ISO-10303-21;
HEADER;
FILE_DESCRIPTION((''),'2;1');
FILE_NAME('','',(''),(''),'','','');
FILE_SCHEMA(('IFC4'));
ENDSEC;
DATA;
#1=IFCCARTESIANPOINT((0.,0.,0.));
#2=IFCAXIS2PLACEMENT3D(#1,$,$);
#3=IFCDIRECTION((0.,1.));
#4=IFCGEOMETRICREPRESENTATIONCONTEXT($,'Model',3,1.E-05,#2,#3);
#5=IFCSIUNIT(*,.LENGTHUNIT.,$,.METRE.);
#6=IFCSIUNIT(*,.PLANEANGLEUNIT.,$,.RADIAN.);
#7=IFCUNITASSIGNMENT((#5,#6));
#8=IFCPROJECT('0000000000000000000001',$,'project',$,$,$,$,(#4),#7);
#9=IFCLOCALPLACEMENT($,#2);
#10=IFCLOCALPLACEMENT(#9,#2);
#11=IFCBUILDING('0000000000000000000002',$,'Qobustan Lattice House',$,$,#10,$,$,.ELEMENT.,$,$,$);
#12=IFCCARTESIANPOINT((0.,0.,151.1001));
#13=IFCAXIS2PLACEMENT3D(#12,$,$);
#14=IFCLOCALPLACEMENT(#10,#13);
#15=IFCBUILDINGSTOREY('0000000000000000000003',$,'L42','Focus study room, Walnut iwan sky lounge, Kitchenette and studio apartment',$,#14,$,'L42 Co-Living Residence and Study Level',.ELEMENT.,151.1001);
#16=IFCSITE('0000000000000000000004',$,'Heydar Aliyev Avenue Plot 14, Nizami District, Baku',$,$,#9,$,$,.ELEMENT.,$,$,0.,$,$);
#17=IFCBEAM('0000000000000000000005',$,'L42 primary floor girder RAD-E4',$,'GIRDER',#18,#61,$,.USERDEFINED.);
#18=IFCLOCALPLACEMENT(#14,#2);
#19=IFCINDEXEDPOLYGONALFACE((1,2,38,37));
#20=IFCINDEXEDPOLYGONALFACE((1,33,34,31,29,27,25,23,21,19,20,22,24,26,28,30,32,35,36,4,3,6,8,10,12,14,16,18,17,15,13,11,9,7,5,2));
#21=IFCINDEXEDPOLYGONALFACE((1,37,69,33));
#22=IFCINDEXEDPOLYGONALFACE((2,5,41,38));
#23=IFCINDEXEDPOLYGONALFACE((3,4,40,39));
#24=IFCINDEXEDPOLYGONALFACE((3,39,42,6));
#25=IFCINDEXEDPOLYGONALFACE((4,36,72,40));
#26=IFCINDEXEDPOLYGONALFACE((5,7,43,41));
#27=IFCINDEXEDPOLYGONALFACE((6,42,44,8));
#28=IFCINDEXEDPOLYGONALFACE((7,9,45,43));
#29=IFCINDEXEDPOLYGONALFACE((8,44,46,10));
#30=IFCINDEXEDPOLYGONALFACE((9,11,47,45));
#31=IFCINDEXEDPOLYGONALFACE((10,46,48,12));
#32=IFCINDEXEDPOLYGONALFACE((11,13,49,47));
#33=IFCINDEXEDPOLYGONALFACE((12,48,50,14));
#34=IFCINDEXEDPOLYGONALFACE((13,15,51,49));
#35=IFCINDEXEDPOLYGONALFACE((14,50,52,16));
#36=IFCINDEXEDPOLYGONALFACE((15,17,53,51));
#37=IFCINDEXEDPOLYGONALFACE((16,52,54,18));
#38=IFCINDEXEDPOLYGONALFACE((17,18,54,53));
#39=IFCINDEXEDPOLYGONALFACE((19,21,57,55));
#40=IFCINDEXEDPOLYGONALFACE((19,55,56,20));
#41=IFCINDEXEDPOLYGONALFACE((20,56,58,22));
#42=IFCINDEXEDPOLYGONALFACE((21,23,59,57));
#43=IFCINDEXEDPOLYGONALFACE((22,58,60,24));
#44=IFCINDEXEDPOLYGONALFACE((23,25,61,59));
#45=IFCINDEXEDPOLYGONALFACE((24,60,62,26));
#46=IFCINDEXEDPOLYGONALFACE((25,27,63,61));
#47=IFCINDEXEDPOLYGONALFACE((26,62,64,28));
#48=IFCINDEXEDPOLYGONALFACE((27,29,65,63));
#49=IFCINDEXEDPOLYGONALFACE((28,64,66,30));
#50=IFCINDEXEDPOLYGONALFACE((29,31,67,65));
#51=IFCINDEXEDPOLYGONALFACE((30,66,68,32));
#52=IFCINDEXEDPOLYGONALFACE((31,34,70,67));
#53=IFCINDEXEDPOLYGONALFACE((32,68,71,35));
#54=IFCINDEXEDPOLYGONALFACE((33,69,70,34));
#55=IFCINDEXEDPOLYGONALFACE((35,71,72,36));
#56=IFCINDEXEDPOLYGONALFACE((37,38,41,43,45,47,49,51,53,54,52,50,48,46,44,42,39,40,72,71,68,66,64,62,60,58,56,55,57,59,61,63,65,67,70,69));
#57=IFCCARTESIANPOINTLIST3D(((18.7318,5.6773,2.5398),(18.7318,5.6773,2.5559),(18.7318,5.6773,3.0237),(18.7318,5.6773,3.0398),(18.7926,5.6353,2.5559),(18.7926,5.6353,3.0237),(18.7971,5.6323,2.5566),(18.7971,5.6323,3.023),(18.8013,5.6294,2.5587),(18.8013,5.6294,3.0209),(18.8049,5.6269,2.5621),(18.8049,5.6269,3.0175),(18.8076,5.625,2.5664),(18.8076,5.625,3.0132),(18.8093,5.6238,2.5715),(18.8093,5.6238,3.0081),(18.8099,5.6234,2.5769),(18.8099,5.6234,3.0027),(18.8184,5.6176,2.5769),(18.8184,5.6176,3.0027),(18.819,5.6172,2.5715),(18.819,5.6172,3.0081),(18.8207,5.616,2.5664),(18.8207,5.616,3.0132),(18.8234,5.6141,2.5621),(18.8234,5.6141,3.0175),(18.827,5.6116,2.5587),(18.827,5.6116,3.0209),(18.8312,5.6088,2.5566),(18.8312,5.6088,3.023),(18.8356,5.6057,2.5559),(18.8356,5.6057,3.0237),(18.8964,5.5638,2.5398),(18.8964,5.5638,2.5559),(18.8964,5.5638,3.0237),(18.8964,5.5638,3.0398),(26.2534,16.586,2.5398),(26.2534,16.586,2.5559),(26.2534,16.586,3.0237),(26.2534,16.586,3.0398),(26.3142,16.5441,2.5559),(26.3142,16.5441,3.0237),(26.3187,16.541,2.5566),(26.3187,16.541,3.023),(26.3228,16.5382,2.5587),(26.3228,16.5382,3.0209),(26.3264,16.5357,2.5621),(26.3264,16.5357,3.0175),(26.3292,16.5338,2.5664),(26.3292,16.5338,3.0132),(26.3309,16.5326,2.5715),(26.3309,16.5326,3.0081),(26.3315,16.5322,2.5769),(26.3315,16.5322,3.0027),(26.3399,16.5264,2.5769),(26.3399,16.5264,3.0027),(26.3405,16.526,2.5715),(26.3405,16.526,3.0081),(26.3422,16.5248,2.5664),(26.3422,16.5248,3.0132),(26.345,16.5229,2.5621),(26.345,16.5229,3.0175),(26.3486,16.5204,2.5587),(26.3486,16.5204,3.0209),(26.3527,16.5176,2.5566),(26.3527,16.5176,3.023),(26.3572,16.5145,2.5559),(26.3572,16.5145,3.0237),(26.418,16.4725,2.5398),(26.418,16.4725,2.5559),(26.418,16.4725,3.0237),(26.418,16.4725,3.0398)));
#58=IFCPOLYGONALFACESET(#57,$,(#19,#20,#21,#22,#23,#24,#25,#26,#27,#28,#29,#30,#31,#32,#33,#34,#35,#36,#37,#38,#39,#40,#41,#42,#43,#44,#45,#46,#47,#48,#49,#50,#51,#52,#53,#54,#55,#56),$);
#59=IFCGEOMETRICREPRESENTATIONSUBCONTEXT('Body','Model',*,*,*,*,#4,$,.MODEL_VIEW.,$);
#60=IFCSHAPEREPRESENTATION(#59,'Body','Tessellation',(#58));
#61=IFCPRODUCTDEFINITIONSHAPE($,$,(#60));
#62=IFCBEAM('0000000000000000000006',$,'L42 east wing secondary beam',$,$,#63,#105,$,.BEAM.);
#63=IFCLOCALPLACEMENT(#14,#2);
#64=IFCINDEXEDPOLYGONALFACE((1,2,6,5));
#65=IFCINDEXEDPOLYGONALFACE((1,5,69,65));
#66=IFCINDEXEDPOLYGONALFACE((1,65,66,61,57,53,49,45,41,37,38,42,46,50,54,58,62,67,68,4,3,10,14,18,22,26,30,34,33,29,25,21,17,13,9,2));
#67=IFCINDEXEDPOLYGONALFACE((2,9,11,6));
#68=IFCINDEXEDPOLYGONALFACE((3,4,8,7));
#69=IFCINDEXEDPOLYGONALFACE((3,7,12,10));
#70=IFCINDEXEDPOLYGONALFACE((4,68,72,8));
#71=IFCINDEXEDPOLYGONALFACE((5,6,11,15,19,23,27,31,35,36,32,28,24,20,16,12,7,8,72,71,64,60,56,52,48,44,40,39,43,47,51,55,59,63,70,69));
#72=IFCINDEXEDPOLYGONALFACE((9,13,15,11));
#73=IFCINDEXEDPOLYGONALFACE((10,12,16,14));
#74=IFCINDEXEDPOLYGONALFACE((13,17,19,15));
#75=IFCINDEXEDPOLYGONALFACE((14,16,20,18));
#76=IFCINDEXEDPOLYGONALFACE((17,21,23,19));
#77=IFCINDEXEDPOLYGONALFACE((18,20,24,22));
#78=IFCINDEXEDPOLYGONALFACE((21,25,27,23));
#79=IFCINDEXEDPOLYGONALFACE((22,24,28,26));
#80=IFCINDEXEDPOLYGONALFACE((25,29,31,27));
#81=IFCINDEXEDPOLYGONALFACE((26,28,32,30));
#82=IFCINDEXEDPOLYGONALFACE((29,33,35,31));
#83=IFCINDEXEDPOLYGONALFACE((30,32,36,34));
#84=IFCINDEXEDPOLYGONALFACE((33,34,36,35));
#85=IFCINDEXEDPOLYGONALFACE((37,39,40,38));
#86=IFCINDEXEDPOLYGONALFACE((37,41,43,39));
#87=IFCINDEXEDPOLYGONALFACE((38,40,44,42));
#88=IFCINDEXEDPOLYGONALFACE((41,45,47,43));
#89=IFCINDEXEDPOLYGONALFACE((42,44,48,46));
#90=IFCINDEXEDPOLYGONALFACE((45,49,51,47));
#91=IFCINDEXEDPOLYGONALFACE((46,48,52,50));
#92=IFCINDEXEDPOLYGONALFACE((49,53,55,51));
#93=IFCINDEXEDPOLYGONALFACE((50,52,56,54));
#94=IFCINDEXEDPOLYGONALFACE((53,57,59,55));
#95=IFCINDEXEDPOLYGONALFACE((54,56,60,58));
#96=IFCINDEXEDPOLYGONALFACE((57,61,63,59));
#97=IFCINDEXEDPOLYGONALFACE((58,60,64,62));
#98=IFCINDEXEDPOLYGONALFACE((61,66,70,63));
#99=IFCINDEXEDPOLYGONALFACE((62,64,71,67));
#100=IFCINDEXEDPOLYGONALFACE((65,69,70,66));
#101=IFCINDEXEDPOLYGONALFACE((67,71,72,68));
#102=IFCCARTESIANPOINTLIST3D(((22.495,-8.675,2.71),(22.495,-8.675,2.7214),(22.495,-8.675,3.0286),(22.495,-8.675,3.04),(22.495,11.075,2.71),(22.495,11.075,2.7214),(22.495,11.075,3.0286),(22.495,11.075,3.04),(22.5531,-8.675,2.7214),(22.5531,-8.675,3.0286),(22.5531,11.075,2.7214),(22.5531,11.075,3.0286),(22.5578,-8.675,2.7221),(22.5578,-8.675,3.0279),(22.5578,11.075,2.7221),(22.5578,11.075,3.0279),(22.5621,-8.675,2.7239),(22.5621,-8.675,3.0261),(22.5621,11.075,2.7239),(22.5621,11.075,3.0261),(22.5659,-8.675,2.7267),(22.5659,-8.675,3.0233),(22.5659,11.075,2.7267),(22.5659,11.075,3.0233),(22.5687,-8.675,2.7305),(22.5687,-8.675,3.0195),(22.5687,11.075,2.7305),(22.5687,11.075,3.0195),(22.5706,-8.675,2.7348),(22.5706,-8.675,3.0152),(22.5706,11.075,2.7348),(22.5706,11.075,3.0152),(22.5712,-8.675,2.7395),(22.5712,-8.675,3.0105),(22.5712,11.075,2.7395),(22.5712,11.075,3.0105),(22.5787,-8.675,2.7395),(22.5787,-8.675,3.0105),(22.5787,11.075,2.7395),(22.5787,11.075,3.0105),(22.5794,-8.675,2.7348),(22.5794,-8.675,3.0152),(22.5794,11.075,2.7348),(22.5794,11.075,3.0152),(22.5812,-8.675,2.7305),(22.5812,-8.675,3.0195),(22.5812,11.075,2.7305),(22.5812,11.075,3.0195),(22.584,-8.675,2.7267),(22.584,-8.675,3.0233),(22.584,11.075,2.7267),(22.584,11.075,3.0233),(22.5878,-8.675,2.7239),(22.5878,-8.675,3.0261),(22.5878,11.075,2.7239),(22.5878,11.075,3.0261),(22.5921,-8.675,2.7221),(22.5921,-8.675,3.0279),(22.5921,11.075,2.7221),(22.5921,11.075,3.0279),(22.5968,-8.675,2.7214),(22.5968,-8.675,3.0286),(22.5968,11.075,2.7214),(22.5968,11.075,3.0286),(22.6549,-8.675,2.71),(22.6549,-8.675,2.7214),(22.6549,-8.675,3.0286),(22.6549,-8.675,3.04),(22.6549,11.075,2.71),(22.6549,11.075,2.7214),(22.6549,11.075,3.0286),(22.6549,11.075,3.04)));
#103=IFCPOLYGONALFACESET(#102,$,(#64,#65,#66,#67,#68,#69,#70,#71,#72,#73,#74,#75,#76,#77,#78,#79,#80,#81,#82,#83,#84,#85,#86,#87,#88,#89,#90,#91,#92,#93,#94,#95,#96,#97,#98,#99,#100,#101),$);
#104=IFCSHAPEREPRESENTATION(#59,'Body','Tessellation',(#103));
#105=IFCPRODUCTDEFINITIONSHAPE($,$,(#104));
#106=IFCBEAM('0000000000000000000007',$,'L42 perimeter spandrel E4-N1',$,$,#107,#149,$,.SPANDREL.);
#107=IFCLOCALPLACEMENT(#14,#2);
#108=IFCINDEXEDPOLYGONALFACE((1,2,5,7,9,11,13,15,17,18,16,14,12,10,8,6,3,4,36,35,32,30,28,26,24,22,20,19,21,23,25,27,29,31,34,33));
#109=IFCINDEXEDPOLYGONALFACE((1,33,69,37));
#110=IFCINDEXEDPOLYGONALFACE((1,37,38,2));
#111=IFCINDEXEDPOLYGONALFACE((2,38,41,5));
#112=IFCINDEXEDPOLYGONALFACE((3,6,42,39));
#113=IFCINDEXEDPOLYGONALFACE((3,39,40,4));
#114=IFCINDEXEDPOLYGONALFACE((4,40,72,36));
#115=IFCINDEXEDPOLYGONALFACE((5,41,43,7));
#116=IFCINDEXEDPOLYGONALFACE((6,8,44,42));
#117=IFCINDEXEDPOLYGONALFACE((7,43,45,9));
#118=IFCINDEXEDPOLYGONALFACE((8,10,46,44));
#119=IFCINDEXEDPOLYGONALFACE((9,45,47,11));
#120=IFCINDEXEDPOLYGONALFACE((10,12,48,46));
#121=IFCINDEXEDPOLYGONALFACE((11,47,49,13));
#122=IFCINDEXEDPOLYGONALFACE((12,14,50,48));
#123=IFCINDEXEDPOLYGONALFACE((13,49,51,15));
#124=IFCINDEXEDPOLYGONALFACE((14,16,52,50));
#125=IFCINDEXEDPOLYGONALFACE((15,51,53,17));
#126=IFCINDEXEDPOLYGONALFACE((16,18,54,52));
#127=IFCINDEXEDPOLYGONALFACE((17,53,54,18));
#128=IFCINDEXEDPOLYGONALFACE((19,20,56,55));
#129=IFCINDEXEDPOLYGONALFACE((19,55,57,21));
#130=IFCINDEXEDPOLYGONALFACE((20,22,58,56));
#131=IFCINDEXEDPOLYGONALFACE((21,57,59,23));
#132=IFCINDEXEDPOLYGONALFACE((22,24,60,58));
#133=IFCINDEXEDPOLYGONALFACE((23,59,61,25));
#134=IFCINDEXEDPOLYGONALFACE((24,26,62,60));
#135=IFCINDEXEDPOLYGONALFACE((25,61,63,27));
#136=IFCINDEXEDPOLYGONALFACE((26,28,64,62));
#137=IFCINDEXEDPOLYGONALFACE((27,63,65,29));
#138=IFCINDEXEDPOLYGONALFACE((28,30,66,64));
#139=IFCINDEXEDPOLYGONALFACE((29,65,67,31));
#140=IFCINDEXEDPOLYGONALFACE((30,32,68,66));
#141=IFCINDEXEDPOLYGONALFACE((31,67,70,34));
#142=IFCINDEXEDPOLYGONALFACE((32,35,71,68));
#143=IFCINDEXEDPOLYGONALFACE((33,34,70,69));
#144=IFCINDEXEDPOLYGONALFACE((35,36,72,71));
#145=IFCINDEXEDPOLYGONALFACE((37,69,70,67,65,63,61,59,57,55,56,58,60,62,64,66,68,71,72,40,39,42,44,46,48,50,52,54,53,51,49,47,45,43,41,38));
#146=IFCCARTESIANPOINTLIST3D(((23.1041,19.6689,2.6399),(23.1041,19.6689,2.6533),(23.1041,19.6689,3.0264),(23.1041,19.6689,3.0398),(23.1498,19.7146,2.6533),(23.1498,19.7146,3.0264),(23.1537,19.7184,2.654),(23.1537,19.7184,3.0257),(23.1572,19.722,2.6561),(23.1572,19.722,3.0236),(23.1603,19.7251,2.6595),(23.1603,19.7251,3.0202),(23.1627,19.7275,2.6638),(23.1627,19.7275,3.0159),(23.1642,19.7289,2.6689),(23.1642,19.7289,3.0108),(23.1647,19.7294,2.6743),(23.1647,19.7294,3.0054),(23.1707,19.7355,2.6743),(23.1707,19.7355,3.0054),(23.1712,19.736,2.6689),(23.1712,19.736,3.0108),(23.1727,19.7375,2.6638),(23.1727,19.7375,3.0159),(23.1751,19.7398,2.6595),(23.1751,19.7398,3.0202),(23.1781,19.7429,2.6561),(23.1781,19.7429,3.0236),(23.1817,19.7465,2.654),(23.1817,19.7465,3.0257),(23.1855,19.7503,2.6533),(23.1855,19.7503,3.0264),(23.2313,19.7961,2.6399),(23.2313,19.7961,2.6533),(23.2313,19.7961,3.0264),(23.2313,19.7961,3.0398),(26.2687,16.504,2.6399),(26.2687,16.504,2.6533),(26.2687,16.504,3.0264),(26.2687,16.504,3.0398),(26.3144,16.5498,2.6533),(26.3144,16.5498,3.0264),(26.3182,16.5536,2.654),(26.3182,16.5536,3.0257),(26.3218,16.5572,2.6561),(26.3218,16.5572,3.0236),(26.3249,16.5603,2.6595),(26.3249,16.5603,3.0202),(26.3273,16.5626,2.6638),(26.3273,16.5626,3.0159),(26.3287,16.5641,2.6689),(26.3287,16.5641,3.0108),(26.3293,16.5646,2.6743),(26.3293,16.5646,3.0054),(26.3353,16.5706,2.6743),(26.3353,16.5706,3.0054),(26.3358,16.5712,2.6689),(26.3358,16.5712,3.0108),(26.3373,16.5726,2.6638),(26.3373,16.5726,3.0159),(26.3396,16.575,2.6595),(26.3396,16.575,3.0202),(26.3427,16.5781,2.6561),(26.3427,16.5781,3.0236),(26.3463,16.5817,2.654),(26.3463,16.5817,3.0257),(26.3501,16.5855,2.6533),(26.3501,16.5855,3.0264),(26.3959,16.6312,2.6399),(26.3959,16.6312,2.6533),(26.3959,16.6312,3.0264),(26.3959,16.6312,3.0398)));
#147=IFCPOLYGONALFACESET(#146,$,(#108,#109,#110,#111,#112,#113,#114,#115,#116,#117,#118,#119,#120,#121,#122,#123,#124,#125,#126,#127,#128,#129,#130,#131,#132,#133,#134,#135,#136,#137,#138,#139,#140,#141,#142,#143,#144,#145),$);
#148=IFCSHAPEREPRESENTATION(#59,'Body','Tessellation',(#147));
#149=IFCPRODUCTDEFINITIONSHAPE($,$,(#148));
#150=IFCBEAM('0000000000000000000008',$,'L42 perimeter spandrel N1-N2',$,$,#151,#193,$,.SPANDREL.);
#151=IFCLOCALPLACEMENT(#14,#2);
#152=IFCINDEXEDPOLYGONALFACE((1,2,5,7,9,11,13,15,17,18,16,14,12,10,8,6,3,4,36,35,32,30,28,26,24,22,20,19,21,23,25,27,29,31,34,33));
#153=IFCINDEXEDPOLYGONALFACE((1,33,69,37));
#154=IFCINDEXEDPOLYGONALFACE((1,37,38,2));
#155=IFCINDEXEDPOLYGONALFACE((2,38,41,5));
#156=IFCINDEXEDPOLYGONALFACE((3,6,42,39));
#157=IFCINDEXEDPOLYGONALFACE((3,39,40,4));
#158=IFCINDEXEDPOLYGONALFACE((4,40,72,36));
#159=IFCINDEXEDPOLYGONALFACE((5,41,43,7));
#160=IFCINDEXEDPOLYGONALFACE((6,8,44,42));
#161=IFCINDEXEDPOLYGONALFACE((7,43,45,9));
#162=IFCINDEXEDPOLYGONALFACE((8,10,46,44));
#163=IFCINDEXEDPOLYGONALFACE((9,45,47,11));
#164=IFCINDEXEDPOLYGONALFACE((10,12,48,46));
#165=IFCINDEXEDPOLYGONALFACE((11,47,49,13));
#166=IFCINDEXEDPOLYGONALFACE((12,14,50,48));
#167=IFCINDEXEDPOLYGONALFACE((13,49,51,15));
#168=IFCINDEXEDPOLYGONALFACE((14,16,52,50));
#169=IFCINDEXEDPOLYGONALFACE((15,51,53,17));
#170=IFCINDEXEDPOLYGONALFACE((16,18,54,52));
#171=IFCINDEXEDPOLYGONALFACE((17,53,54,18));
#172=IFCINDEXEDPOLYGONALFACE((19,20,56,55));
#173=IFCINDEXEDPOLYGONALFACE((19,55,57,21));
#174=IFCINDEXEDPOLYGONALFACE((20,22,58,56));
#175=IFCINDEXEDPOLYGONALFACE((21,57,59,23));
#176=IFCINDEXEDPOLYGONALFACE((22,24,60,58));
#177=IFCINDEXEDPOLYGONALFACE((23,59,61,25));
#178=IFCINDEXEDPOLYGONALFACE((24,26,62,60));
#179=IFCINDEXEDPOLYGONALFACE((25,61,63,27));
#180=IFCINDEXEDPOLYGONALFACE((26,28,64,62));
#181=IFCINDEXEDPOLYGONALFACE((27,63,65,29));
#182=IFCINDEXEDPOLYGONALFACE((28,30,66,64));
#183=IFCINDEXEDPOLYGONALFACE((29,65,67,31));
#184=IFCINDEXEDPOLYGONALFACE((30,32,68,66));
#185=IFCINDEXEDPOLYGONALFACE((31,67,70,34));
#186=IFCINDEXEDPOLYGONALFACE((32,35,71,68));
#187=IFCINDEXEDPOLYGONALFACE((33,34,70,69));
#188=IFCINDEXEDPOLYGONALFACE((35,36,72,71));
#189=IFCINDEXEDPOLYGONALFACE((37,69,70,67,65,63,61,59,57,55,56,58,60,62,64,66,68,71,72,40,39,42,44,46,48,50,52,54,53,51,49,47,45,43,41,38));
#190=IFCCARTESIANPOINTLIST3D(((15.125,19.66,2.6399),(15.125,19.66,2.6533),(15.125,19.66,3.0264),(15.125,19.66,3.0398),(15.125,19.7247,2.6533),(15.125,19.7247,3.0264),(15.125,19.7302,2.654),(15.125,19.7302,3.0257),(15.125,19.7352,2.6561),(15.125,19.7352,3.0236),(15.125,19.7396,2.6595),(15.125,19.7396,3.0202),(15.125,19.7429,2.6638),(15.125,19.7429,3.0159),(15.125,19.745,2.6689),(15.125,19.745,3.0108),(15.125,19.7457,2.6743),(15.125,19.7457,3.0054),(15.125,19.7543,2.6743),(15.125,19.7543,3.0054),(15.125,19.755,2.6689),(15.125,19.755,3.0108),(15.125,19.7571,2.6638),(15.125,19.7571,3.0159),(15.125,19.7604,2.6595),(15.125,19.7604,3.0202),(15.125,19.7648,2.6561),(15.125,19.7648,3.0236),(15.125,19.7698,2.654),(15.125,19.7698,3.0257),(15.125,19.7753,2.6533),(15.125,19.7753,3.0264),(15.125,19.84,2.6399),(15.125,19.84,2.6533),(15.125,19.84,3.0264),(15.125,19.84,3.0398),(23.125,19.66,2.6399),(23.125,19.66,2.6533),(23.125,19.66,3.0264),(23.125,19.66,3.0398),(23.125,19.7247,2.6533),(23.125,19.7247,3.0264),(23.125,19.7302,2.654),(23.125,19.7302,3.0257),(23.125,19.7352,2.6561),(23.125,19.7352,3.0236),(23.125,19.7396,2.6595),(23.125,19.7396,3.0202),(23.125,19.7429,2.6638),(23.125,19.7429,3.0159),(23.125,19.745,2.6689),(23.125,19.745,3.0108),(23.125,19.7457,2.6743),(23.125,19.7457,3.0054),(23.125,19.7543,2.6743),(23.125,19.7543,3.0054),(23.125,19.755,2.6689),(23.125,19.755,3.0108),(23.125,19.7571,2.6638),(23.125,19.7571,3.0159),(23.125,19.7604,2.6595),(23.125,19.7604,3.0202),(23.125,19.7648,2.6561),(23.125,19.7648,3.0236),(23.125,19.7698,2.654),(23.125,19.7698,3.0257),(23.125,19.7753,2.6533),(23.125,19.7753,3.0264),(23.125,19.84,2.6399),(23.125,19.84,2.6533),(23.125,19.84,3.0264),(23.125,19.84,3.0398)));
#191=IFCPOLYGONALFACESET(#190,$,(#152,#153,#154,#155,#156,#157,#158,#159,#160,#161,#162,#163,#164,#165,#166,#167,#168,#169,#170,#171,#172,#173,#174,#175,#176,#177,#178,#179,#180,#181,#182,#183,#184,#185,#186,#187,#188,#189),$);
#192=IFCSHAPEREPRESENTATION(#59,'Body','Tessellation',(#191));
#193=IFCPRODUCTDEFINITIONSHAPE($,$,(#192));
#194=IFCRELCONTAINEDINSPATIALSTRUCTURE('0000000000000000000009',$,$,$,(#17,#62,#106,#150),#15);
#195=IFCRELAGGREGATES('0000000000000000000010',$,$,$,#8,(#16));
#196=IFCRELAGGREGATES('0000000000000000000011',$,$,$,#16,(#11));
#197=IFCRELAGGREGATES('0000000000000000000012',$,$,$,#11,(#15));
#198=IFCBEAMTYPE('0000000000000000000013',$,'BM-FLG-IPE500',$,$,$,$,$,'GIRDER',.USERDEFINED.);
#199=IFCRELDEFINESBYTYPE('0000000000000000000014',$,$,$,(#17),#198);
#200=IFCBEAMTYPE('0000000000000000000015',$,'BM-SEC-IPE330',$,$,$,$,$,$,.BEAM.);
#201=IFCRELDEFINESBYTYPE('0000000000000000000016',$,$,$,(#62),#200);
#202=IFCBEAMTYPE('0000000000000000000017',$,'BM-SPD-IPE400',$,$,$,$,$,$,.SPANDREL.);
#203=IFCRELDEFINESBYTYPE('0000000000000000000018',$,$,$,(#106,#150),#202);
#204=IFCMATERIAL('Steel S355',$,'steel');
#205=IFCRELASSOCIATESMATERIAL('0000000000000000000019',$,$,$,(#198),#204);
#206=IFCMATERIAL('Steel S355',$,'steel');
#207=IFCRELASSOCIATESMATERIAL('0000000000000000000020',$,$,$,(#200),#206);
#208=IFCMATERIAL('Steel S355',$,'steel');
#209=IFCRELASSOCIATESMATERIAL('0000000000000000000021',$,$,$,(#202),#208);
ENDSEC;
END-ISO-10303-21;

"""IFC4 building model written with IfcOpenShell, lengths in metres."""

from ifc_helpers import new_model, si_unit, direction, frame, origin, origin_2d, place, context, subcontext, project, spatial, i_section, extrude, material, material_profile, profile_set, type_object, element, save


model = new_model("IFC4")

# Units and contexts
model_context = context("Model", 3, precision=1e-05, world=origin(), true_north=direction((0.0, 1.0)))
body_context = subcontext(model_context, "Body", "Model", "MODEL_VIEW")
ifc_project = project(units=[si_unit("LENGTHUNIT", "METRE"), si_unit("PLANEANGLEUNIT", "RADIAN")], contexts=[model_context])

# Site, building, storey
site_placement = place(None, origin())
site = spatial("IfcSite", under=ifc_project, at=site_placement, Name="Heydar Aliyev Avenue Plot 14, Nizami District, Baku", CompositionType="ELEMENT", RefElevation=0.0)
building_placement = place(site_placement, origin())
building = spatial("IfcBuilding", under=site, at=building_placement, Name="Qobustan Lattice House", CompositionType="ELEMENT")
storey_placement = place(building_placement, frame((0.0, 0.0, 151.1001)))
storey = spatial("IfcBuildingStorey", under=building, at=storey_placement, Name="L42", Description="Focus study room, Walnut iwan sky lounge, Kitchenette and studio apartment", LongName="L42 Co-Living Residence and Study Level", CompositionType="ELEMENT", Elevation=151.1001)

# Beams
ifc_material_1 = material(Name="Steel S355", Category="steel")
ifc_material_profile_1 = material_profile(ifc_material_1, i_section(OverallWidth=0.2, OverallDepth=0.5, WebThickness=0.0103, FlangeThickness=0.0161, FilletRadius=0.021, at=origin_2d()), Name="IPE500")
ifc_profile_set_1 = profile_set([ifc_material_profile_1], Name="Steel S355")
beam_type_1 = type_object("IfcBeamType", Name="BM-FLG-IPE500", ElementType="GIRDER", PredefinedType="USERDEFINED", material=ifc_profile_set_1)
beam_1_placement = place(storey_placement, frame((26.3357, 16.5293, 2.7898), z_axis=(-0.567643, -0.823275, 0.0), x_axis=(0.823275, -0.567643, 0.0)))
element("IfcBeam", 1, at=beam_1_placement, inside=storey, type_object=beam_type_1, Name="L42 primary floor girder RAD-E4", ObjectType="GIRDER", PredefinedType="USERDEFINED", context=body_context, shape_type="SweptSolid", body=[
    extrude(i_section(OverallWidth=0.2, OverallDepth=0.5, WebThickness=0.0103, FlangeThickness=0.0161, FilletRadius=0.021, at=origin_2d()), origin(), (0.0, 0.0, 1.0), 13.2505),
])
ifc_material_2 = material(Name="Steel S355", Category="steel")
ifc_material_profile_2 = material_profile(ifc_material_2, i_section(OverallWidth=0.1599, OverallDepth=0.3301, WebThickness=0.0076, FlangeThickness=0.0115, FilletRadius=0.0181, at=origin_2d()), Name="IPE330")
ifc_profile_set_2 = profile_set([ifc_material_profile_2], Name="Steel S355")
beam_type_2 = type_object("IfcBeamType", Name="BM-SEC-IPE330", PredefinedType="BEAM", material=ifc_profile_set_2)
beam_2_placement = place(storey_placement, frame((22.575, 11.075, 2.875), z_axis=(0.0, -1.0, 0.0), x_axis=(1.0, 0.0, 0.0)))
element("IfcBeam", 2, at=beam_2_placement, inside=storey, type_object=beam_type_2, Name="L42 east wing secondary beam", PredefinedType="BEAM", context=body_context, shape_type="SweptSolid", body=[
    extrude(i_section(OverallWidth=0.1599, OverallDepth=0.3301, WebThickness=0.0076, FlangeThickness=0.0115, FilletRadius=0.0181, at=origin_2d()), origin(), (0.0, 0.0, 1.0), 19.75),
])
ifc_material_3 = material(Name="Steel S355", Category="steel")
ifc_material_profile_3 = material_profile(ifc_material_3, i_section(OverallWidth=0.1799, OverallDepth=0.3999, WebThickness=0.0085, FlangeThickness=0.0134, FilletRadius=0.021, at=origin_2d()), Name="IPE400")
ifc_profile_set_3 = profile_set([ifc_material_profile_3], Name="Steel S355")
beam_type_3 = type_object("IfcBeamType", Name="BM-SPD-IPE400", PredefinedType="SPANDREL", material=ifc_profile_set_3)
beam_3_placement = place(storey_placement, frame((26.3323, 16.5676, 2.8398), z_axis=(-0.70708, 0.707134, 0.0), x_axis=(-0.707134, -0.70708, 0.0)))
element("IfcBeam", 3, at=beam_3_placement, inside=storey, type_object=beam_type_3, Name="L42 perimeter spandrel E4-N1", PredefinedType="SPANDREL", context=body_context, shape_type="SweptSolid", body=[
    extrude(i_section(OverallWidth=0.1799, OverallDepth=0.3999, WebThickness=0.0085, FlangeThickness=0.0134, FilletRadius=0.021, at=origin_2d()), origin(), (0.0, 0.0, 1.0), 4.4756),
])
beam_4_placement = place(storey_placement, frame((23.125, 19.75, 2.8398), z_axis=(-1.0, 0.0, 0.0), x_axis=(0.0, -1.0, 0.0)))
element("IfcBeam", 4, at=beam_4_placement, inside=storey, type_object=beam_type_3, Name="L42 perimeter spandrel N1-N2", PredefinedType="SPANDREL", context=body_context, shape_type="SweptSolid", body=[
    extrude(i_section(OverallWidth=0.1799, OverallDepth=0.3999, WebThickness=0.0085, FlangeThickness=0.0134, FilletRadius=0.021, at=origin_2d()), origin(), (0.0, 0.0, 1.0), 8.0),
])

save(model, "model.ifc")
